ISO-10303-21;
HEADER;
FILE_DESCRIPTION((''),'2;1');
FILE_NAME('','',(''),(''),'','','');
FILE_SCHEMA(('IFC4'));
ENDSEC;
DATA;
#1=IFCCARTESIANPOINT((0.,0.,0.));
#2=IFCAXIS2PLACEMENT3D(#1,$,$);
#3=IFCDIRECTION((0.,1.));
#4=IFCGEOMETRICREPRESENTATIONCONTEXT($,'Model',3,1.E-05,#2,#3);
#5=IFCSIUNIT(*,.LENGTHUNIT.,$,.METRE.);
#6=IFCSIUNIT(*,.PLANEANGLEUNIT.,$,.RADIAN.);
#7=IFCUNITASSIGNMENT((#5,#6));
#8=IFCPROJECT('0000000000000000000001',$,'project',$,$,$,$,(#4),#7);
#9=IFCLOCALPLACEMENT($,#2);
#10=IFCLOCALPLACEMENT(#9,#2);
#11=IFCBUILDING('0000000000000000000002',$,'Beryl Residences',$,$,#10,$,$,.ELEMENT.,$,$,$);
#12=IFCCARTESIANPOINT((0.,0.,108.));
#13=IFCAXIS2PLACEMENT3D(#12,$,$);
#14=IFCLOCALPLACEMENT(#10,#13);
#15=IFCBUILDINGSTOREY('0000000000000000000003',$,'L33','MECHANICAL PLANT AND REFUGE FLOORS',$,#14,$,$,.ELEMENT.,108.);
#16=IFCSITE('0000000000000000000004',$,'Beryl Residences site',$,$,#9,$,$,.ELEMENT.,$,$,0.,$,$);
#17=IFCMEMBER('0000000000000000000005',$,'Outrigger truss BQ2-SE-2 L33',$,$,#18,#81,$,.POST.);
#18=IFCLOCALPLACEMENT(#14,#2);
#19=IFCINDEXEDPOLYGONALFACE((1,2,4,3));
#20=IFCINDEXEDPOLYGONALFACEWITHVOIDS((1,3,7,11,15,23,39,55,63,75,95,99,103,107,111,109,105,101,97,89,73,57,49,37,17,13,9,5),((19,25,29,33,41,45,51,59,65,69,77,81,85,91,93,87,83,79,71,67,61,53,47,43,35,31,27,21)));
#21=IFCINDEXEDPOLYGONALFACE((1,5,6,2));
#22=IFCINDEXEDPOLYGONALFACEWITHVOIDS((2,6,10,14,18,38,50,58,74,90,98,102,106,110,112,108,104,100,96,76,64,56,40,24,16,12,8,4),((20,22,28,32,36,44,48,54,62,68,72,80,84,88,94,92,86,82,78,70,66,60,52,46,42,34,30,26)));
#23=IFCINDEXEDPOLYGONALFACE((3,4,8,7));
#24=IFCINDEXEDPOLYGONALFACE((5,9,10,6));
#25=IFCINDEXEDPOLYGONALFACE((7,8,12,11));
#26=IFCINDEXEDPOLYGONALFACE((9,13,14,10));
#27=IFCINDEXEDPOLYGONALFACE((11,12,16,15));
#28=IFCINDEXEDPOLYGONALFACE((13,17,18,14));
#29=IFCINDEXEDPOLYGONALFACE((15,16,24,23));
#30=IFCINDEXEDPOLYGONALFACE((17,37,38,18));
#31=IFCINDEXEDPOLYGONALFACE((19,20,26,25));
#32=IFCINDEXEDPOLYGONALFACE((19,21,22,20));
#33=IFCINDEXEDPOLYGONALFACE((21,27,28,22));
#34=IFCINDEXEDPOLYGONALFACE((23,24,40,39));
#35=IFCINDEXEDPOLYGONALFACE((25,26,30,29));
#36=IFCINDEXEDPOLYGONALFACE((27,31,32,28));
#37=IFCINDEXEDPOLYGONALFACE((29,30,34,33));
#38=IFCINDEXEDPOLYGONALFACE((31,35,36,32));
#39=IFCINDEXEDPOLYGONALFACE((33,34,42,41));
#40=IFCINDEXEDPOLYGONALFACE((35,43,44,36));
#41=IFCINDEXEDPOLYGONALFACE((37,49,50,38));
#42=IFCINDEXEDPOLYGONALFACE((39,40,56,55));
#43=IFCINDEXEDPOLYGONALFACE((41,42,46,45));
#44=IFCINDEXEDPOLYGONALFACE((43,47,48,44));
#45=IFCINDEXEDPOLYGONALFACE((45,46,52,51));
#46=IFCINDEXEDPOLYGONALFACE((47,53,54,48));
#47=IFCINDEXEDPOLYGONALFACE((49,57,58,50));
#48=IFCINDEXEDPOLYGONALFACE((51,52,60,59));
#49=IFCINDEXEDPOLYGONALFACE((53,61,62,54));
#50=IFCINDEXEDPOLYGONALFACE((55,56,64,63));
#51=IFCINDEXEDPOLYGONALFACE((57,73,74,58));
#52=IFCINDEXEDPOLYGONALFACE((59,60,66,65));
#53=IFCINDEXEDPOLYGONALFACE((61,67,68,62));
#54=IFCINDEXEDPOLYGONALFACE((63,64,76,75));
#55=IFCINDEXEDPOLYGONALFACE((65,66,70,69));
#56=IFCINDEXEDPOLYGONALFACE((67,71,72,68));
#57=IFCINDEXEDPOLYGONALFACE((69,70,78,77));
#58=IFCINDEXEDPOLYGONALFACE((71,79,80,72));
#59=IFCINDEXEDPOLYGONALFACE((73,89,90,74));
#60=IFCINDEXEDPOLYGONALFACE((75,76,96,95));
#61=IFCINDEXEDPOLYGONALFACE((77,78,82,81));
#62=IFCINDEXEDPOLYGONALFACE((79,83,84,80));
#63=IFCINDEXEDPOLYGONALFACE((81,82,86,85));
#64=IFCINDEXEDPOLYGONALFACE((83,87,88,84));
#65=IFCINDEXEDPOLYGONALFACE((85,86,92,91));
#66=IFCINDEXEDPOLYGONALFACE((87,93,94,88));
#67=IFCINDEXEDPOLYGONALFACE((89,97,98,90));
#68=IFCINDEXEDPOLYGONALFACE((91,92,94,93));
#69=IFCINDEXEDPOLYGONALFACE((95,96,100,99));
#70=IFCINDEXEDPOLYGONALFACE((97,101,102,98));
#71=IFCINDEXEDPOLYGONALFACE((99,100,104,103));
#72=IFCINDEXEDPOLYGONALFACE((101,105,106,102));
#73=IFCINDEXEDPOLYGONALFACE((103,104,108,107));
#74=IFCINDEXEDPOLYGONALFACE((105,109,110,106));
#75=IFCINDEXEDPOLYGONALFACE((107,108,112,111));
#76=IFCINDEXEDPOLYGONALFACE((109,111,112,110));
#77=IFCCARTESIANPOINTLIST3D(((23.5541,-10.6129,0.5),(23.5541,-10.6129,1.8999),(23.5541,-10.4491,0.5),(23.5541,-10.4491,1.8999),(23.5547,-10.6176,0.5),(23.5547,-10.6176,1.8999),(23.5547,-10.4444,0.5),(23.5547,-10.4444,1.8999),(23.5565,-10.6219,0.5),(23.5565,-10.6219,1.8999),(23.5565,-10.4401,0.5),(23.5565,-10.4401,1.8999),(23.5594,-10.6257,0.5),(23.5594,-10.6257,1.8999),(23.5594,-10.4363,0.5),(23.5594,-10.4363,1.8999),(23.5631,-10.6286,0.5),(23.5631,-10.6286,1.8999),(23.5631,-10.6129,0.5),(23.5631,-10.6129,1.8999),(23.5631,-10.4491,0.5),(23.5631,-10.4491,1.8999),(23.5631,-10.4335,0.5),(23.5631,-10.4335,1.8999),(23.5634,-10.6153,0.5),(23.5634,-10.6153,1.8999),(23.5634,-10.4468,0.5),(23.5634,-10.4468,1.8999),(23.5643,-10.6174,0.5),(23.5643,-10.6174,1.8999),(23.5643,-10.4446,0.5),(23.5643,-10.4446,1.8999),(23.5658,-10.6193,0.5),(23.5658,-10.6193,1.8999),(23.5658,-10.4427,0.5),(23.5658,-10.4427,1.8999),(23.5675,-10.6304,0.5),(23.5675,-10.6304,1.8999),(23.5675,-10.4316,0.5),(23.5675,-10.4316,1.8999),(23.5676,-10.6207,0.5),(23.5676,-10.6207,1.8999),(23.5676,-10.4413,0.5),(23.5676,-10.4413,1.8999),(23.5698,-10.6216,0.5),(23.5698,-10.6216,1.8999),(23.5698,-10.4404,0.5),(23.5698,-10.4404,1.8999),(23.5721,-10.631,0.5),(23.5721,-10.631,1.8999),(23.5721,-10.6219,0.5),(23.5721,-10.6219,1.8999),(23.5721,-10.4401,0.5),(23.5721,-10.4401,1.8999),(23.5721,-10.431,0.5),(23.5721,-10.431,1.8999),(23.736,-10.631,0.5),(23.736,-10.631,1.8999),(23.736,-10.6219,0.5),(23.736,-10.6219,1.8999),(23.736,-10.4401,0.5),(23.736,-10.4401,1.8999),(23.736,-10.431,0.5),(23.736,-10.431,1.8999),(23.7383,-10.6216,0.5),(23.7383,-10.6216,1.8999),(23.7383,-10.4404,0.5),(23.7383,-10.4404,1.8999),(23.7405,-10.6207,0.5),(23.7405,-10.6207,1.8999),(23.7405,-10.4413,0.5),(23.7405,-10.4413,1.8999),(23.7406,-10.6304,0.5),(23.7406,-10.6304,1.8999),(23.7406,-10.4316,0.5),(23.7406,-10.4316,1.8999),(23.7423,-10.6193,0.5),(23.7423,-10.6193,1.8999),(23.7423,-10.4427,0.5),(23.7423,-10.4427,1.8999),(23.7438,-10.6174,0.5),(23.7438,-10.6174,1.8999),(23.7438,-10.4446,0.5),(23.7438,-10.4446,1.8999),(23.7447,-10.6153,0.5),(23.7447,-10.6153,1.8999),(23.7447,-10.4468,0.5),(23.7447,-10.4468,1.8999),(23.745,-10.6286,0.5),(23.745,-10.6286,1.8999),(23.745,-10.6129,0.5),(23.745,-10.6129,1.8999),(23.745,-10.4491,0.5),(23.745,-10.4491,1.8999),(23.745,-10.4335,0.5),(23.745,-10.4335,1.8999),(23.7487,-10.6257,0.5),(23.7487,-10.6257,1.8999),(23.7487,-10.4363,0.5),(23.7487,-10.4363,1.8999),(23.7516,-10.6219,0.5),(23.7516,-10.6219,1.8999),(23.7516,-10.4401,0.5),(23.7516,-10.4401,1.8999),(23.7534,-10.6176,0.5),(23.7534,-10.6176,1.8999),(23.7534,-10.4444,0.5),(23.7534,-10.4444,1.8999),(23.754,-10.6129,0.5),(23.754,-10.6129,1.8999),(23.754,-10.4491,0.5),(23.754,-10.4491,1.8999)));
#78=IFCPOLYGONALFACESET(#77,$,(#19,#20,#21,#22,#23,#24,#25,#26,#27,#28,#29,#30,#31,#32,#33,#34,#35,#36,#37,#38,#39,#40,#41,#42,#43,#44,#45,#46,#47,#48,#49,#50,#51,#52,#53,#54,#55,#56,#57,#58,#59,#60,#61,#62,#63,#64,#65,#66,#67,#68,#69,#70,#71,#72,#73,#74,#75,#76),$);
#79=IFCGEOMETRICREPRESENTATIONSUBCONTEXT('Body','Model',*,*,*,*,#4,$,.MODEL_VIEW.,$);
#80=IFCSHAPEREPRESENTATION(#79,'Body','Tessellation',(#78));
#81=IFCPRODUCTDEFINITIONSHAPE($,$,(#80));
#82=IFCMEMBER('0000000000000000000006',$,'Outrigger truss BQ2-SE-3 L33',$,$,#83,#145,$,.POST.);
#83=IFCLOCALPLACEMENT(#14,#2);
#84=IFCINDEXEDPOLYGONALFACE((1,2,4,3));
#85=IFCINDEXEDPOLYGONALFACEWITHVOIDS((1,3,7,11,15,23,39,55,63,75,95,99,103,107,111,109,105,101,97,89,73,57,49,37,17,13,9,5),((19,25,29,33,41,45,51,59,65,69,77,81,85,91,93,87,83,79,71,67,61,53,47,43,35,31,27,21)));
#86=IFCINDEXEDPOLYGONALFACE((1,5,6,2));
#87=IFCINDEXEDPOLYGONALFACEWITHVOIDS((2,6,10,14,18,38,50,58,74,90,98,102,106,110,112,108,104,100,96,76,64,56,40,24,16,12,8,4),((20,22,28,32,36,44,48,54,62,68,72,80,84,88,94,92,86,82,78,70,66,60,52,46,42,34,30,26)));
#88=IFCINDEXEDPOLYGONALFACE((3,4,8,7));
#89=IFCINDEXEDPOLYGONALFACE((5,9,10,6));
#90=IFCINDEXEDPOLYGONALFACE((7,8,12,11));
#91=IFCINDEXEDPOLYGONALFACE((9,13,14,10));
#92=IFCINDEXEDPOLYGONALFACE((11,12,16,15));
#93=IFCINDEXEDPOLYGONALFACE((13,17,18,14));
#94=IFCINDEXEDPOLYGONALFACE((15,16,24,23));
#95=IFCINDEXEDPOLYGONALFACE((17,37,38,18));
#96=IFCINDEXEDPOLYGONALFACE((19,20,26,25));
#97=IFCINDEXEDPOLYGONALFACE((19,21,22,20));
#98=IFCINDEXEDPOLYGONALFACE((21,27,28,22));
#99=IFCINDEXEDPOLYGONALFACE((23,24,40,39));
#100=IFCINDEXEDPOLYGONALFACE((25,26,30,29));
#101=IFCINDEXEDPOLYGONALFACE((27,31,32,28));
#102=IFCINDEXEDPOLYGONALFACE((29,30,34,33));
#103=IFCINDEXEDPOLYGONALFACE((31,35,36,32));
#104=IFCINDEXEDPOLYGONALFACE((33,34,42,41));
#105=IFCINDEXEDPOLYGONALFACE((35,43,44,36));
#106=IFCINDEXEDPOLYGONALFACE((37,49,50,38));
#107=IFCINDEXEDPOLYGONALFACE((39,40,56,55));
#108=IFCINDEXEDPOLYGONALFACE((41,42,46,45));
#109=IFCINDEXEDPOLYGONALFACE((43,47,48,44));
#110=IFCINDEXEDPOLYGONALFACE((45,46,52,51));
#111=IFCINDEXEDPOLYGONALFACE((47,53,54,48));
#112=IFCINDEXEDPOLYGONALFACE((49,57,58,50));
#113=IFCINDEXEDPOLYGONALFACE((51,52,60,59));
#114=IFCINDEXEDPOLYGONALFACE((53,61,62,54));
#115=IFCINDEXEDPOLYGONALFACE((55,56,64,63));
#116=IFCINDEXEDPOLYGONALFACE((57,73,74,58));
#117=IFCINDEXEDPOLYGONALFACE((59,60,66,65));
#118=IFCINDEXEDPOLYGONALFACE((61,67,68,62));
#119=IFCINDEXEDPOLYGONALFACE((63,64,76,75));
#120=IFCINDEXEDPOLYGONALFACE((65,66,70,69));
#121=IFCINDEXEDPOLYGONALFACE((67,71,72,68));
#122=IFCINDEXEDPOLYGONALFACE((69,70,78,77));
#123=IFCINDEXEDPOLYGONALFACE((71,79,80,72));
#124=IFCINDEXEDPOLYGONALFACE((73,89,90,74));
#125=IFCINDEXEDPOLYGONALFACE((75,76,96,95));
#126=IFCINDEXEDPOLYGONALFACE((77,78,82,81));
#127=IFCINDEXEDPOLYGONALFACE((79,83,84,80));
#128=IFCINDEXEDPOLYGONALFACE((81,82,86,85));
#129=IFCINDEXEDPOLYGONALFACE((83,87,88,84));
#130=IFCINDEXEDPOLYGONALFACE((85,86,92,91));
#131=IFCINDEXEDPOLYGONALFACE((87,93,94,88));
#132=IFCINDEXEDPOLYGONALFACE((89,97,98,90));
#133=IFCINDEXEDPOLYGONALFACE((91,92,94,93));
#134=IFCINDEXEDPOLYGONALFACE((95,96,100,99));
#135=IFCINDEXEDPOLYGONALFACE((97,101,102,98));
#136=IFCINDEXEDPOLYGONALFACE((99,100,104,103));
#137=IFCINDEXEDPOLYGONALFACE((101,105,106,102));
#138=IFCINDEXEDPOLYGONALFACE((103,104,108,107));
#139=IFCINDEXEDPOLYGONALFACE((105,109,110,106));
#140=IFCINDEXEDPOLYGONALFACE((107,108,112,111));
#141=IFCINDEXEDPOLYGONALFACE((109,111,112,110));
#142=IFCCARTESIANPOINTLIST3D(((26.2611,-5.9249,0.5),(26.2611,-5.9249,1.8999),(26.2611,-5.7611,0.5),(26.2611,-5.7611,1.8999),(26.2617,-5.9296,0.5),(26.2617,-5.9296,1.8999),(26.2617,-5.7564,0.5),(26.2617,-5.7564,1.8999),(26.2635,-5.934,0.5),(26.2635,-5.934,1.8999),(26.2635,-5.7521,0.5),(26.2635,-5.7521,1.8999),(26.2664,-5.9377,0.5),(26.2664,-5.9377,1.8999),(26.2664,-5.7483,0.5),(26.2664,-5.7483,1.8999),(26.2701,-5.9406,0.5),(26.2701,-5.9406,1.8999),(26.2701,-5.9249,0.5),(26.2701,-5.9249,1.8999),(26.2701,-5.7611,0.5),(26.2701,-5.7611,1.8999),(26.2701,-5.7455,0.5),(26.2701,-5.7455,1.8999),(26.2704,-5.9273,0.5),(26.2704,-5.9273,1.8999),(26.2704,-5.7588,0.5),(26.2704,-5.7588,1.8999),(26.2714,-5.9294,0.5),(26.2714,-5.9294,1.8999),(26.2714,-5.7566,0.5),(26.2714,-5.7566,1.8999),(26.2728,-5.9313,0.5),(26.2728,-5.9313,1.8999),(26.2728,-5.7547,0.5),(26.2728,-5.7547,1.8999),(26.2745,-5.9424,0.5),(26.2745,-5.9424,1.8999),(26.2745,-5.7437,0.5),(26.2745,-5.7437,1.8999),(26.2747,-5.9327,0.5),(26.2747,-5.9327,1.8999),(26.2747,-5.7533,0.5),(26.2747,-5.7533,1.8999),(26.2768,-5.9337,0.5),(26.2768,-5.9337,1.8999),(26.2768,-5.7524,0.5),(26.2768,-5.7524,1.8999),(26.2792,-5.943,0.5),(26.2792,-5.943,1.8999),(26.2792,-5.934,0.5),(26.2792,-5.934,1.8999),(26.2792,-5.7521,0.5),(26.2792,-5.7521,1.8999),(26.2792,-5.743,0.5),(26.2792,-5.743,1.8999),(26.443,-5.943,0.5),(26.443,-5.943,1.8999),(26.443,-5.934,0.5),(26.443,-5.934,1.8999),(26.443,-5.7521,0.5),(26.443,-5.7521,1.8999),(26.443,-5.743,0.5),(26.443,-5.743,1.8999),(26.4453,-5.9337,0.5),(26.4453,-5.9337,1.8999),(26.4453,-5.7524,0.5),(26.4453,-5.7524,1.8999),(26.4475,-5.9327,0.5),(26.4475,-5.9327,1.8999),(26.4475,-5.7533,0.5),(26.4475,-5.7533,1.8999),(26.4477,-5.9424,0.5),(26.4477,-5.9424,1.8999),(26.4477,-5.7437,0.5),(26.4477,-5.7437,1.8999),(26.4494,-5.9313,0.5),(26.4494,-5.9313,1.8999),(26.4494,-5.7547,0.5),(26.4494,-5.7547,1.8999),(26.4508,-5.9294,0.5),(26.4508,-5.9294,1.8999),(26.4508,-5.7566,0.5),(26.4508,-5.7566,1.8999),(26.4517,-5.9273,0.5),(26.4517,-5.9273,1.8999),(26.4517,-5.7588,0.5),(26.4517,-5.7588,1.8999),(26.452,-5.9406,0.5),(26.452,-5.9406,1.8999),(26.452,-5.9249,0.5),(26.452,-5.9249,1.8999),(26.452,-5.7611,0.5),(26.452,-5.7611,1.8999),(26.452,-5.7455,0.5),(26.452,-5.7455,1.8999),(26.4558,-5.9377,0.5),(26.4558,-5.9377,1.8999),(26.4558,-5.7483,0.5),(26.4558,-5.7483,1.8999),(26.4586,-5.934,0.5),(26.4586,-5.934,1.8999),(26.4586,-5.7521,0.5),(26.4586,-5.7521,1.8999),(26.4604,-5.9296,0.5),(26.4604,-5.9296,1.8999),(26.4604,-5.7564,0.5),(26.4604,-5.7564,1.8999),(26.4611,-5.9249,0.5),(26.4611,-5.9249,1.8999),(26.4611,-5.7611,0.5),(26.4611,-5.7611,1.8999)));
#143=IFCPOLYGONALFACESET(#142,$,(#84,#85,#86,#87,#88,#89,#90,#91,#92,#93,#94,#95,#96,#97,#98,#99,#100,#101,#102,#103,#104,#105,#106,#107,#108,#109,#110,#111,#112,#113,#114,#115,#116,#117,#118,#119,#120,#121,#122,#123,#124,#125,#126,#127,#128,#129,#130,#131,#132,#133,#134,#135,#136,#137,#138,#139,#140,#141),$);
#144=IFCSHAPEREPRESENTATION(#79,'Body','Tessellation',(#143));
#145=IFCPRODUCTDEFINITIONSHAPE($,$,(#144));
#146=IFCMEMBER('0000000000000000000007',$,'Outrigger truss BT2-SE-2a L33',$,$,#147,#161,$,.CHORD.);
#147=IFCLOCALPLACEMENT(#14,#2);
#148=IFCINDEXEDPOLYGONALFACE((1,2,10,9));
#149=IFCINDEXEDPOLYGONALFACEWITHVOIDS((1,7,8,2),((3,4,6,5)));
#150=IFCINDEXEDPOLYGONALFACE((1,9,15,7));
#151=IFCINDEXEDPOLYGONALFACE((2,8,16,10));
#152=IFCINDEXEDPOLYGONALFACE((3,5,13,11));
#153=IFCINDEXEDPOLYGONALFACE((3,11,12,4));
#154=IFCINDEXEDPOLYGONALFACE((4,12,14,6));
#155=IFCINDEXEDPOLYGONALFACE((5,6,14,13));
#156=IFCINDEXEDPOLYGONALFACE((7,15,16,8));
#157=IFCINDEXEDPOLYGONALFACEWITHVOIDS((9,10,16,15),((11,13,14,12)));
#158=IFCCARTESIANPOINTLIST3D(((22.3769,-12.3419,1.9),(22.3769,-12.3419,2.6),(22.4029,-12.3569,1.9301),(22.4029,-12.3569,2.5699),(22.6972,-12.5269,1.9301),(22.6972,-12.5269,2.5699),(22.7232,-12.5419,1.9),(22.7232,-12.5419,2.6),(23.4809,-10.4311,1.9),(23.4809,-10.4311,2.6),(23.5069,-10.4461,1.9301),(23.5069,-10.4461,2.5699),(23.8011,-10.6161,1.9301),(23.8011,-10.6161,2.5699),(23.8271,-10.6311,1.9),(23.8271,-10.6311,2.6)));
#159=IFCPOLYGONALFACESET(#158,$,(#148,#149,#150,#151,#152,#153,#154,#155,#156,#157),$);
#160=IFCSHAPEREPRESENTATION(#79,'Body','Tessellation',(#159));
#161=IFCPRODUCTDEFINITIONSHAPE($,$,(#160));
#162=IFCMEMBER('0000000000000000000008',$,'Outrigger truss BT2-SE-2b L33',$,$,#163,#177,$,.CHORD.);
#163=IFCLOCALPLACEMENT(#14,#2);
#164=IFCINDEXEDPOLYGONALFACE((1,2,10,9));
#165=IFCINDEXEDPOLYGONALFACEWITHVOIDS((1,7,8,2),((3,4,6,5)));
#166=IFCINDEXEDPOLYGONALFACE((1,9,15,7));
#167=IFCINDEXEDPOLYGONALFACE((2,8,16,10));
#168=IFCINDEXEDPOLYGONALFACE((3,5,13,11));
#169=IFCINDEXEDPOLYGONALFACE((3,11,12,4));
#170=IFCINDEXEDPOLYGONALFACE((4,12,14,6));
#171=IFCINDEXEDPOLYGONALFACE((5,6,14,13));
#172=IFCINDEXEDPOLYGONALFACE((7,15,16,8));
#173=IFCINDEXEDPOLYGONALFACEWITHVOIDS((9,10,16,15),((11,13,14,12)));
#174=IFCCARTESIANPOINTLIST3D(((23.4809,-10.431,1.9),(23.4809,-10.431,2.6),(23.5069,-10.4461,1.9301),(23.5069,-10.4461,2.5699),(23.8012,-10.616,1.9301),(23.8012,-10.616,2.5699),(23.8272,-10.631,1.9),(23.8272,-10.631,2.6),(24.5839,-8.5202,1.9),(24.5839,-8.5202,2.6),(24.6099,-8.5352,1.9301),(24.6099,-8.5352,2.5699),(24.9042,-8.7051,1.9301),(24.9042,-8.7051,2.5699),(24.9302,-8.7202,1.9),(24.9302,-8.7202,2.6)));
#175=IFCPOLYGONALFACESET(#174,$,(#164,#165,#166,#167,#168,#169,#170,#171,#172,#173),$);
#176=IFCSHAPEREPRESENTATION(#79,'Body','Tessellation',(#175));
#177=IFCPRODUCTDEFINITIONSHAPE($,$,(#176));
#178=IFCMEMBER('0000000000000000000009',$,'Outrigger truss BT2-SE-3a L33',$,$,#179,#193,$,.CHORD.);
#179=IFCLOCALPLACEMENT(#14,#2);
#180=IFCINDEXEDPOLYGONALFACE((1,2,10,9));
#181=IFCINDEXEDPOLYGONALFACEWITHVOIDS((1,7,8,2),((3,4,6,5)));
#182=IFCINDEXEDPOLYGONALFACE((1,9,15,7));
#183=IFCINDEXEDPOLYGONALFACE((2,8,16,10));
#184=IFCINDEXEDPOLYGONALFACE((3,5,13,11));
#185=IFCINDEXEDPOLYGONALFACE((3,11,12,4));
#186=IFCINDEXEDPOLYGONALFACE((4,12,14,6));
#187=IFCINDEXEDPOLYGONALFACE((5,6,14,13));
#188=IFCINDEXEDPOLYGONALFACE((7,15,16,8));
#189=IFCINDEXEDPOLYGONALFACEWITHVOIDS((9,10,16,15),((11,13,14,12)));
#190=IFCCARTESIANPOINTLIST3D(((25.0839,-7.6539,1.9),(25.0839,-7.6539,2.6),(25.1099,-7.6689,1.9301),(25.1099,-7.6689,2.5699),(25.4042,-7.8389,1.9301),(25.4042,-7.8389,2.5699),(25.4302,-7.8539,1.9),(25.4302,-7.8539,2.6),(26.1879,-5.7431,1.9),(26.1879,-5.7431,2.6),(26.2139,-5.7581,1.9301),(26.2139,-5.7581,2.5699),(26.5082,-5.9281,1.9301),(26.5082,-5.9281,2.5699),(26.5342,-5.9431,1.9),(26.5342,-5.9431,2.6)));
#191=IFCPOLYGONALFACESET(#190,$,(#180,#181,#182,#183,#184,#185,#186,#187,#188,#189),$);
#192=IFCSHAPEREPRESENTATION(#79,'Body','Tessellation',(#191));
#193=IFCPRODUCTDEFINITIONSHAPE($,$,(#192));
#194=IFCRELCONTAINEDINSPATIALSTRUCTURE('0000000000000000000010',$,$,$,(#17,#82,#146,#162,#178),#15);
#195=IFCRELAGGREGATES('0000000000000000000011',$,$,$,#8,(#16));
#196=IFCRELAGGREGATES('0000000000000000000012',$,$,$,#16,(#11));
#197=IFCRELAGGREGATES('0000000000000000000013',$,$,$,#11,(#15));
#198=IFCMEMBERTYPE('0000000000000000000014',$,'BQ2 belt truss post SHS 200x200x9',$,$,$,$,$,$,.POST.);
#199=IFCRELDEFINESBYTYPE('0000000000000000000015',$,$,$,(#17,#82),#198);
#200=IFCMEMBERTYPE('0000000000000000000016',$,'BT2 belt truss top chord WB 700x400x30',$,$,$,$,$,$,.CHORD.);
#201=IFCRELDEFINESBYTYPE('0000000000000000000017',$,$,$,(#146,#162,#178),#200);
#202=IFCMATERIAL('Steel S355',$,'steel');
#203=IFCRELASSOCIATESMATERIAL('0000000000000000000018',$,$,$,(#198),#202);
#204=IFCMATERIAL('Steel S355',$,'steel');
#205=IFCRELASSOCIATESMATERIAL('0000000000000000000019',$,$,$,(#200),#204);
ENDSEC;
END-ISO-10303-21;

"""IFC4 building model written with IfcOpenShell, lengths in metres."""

from ifc_helpers import new_model, si_unit, direction, frame, origin, origin_2d, place, context, subcontext, project, spatial, hollow_rectangle, extrude, material, material_profile, profile_set, type_object, element, save


model = new_model("IFC4")

# Units and contexts
model_context = context("Model", 3, precision=1e-05, world=origin(), true_north=direction((0.0, 1.0)))
body_context = subcontext(model_context, "Body", "Model", "MODEL_VIEW")
ifc_project = project(units=[si_unit("LENGTHUNIT", "METRE"), si_unit("PLANEANGLEUNIT", "RADIAN")], contexts=[model_context])

# Site, building, storey
site_placement = place(None, origin())
site = spatial("IfcSite", under=ifc_project, at=site_placement, Name="Beryl Residences site", CompositionType="ELEMENT", RefElevation=0.0)
building_placement = place(site_placement, origin())
building = spatial("IfcBuilding", under=site, at=building_placement, Name="Beryl Residences", CompositionType="ELEMENT")
storey_placement = place(building_placement, frame((0.0, 0.0, 108.0)))
storey = spatial("IfcBuildingStorey", under=building, at=storey_placement, Name="L33", Description="MECHANICAL PLANT AND REFUGE FLOORS", CompositionType="ELEMENT", Elevation=108.0)

# Members
ifc_material_1 = material(Name="Steel S355", Category="steel")
ifc_material_profile_1 = material_profile(ifc_material_1, hollow_rectangle(XDim=0.2, YDim=0.2, WallThickness=0.009, InnerFilletRadius=0.009, OuterFilletRadius=0.0181, at=origin_2d()))
ifc_profile_set_1 = profile_set([ifc_material_profile_1], Name="Steel S355")
member_type_1 = type_object("IfcMemberType", Name="BQ2 belt truss post SHS 200x200x9", PredefinedType="POST", material=ifc_profile_set_1)
for number, where, z_axis, x_axis, name in (
    (1, (23.6541, -10.531, 0.5), (0.0, 0.0, 1.0), (1.0, 0.0, 0.0), "Outrigger truss BQ2-SE-2 L33"),
    (2, (26.3611, -5.843, 0.5), (0.0, 0.0, 1.0), (1.0, 0.0, 0.0), "Outrigger truss BQ2-SE-3 L33"),
):
    element("IfcMember", number, at=place(storey_placement, frame(where, z_axis=z_axis, x_axis=x_axis)), inside=storey, type_object=member_type_1, Name=name, PredefinedType="POST", context=body_context, shape_type="SweptSolid", body=[
        extrude(hollow_rectangle(XDim=0.2, YDim=0.2, WallThickness=0.009, InnerFilletRadius=0.009, OuterFilletRadius=0.0181, at=origin_2d()), origin(), (0.0, 0.0, 1.0), 1.3999),
    ])
ifc_material_2 = material(Name="Steel S355", Category="steel")
ifc_material_profile_2 = material_profile(ifc_material_2, hollow_rectangle(XDim=0.3999, YDim=0.7, WallThickness=0.03, at=origin_2d()))
ifc_profile_set_2 = profile_set([ifc_material_profile_2], Name="Steel S355")
member_type_2 = type_object("IfcMemberType", Name="BT2 belt truss top chord WB 700x400x30", PredefinedType="CHORD", material=ifc_profile_set_2)
member_1_placement = place(storey_placement, frame((22.55, -12.4419, 2.25), z_axis=(0.500255, 0.865878, 0.0), x_axis=(-0.865878, 0.500255, 0.0)))
element("IfcMember", 3, at=member_1_placement, inside=storey, type_object=member_type_2, Name="Outrigger truss BT2-SE-2a L33", PredefinedType="CHORD", context=body_context, shape_type="SweptSolid", body=[
    extrude(hollow_rectangle(XDim=0.3999, YDim=0.7, WallThickness=0.03, at=origin_2d()), origin(), (0.0, 0.0, 1.0), 2.2068),
])
member_2_placement = place(storey_placement, frame((23.6541, -10.531, 2.25), z_axis=(0.499924, 0.86607, 0.0), x_axis=(-0.86607, 0.499924, 0.0)))
element("IfcMember", 4, at=member_2_placement, inside=storey, type_object=member_type_2, Name="Outrigger truss BT2-SE-2b L33", PredefinedType="CHORD", context=body_context, shape_type="SweptSolid", body=[
    extrude(hollow_rectangle(XDim=0.3999, YDim=0.7, WallThickness=0.03, at=origin_2d()), origin(), (0.0, 0.0, 1.0), 2.2063),
])
member_3_placement = place(storey_placement, frame((25.2571, -7.7539, 2.25), z_axis=(0.500255, 0.865878, 0.0), x_axis=(-0.865878, 0.500255, 0.0)))
element("IfcMember", 5, at=member_3_placement, inside=storey, type_object=member_type_2, Name="Outrigger truss BT2-SE-3a L33", PredefinedType="CHORD", context=body_context, shape_type="SweptSolid", body=[
    extrude(hollow_rectangle(XDim=0.3999, YDim=0.7, WallThickness=0.03, at=origin_2d()), origin(), (0.0, 0.0, 1.0), 2.2068),
])

save(model, "model.ifc")
